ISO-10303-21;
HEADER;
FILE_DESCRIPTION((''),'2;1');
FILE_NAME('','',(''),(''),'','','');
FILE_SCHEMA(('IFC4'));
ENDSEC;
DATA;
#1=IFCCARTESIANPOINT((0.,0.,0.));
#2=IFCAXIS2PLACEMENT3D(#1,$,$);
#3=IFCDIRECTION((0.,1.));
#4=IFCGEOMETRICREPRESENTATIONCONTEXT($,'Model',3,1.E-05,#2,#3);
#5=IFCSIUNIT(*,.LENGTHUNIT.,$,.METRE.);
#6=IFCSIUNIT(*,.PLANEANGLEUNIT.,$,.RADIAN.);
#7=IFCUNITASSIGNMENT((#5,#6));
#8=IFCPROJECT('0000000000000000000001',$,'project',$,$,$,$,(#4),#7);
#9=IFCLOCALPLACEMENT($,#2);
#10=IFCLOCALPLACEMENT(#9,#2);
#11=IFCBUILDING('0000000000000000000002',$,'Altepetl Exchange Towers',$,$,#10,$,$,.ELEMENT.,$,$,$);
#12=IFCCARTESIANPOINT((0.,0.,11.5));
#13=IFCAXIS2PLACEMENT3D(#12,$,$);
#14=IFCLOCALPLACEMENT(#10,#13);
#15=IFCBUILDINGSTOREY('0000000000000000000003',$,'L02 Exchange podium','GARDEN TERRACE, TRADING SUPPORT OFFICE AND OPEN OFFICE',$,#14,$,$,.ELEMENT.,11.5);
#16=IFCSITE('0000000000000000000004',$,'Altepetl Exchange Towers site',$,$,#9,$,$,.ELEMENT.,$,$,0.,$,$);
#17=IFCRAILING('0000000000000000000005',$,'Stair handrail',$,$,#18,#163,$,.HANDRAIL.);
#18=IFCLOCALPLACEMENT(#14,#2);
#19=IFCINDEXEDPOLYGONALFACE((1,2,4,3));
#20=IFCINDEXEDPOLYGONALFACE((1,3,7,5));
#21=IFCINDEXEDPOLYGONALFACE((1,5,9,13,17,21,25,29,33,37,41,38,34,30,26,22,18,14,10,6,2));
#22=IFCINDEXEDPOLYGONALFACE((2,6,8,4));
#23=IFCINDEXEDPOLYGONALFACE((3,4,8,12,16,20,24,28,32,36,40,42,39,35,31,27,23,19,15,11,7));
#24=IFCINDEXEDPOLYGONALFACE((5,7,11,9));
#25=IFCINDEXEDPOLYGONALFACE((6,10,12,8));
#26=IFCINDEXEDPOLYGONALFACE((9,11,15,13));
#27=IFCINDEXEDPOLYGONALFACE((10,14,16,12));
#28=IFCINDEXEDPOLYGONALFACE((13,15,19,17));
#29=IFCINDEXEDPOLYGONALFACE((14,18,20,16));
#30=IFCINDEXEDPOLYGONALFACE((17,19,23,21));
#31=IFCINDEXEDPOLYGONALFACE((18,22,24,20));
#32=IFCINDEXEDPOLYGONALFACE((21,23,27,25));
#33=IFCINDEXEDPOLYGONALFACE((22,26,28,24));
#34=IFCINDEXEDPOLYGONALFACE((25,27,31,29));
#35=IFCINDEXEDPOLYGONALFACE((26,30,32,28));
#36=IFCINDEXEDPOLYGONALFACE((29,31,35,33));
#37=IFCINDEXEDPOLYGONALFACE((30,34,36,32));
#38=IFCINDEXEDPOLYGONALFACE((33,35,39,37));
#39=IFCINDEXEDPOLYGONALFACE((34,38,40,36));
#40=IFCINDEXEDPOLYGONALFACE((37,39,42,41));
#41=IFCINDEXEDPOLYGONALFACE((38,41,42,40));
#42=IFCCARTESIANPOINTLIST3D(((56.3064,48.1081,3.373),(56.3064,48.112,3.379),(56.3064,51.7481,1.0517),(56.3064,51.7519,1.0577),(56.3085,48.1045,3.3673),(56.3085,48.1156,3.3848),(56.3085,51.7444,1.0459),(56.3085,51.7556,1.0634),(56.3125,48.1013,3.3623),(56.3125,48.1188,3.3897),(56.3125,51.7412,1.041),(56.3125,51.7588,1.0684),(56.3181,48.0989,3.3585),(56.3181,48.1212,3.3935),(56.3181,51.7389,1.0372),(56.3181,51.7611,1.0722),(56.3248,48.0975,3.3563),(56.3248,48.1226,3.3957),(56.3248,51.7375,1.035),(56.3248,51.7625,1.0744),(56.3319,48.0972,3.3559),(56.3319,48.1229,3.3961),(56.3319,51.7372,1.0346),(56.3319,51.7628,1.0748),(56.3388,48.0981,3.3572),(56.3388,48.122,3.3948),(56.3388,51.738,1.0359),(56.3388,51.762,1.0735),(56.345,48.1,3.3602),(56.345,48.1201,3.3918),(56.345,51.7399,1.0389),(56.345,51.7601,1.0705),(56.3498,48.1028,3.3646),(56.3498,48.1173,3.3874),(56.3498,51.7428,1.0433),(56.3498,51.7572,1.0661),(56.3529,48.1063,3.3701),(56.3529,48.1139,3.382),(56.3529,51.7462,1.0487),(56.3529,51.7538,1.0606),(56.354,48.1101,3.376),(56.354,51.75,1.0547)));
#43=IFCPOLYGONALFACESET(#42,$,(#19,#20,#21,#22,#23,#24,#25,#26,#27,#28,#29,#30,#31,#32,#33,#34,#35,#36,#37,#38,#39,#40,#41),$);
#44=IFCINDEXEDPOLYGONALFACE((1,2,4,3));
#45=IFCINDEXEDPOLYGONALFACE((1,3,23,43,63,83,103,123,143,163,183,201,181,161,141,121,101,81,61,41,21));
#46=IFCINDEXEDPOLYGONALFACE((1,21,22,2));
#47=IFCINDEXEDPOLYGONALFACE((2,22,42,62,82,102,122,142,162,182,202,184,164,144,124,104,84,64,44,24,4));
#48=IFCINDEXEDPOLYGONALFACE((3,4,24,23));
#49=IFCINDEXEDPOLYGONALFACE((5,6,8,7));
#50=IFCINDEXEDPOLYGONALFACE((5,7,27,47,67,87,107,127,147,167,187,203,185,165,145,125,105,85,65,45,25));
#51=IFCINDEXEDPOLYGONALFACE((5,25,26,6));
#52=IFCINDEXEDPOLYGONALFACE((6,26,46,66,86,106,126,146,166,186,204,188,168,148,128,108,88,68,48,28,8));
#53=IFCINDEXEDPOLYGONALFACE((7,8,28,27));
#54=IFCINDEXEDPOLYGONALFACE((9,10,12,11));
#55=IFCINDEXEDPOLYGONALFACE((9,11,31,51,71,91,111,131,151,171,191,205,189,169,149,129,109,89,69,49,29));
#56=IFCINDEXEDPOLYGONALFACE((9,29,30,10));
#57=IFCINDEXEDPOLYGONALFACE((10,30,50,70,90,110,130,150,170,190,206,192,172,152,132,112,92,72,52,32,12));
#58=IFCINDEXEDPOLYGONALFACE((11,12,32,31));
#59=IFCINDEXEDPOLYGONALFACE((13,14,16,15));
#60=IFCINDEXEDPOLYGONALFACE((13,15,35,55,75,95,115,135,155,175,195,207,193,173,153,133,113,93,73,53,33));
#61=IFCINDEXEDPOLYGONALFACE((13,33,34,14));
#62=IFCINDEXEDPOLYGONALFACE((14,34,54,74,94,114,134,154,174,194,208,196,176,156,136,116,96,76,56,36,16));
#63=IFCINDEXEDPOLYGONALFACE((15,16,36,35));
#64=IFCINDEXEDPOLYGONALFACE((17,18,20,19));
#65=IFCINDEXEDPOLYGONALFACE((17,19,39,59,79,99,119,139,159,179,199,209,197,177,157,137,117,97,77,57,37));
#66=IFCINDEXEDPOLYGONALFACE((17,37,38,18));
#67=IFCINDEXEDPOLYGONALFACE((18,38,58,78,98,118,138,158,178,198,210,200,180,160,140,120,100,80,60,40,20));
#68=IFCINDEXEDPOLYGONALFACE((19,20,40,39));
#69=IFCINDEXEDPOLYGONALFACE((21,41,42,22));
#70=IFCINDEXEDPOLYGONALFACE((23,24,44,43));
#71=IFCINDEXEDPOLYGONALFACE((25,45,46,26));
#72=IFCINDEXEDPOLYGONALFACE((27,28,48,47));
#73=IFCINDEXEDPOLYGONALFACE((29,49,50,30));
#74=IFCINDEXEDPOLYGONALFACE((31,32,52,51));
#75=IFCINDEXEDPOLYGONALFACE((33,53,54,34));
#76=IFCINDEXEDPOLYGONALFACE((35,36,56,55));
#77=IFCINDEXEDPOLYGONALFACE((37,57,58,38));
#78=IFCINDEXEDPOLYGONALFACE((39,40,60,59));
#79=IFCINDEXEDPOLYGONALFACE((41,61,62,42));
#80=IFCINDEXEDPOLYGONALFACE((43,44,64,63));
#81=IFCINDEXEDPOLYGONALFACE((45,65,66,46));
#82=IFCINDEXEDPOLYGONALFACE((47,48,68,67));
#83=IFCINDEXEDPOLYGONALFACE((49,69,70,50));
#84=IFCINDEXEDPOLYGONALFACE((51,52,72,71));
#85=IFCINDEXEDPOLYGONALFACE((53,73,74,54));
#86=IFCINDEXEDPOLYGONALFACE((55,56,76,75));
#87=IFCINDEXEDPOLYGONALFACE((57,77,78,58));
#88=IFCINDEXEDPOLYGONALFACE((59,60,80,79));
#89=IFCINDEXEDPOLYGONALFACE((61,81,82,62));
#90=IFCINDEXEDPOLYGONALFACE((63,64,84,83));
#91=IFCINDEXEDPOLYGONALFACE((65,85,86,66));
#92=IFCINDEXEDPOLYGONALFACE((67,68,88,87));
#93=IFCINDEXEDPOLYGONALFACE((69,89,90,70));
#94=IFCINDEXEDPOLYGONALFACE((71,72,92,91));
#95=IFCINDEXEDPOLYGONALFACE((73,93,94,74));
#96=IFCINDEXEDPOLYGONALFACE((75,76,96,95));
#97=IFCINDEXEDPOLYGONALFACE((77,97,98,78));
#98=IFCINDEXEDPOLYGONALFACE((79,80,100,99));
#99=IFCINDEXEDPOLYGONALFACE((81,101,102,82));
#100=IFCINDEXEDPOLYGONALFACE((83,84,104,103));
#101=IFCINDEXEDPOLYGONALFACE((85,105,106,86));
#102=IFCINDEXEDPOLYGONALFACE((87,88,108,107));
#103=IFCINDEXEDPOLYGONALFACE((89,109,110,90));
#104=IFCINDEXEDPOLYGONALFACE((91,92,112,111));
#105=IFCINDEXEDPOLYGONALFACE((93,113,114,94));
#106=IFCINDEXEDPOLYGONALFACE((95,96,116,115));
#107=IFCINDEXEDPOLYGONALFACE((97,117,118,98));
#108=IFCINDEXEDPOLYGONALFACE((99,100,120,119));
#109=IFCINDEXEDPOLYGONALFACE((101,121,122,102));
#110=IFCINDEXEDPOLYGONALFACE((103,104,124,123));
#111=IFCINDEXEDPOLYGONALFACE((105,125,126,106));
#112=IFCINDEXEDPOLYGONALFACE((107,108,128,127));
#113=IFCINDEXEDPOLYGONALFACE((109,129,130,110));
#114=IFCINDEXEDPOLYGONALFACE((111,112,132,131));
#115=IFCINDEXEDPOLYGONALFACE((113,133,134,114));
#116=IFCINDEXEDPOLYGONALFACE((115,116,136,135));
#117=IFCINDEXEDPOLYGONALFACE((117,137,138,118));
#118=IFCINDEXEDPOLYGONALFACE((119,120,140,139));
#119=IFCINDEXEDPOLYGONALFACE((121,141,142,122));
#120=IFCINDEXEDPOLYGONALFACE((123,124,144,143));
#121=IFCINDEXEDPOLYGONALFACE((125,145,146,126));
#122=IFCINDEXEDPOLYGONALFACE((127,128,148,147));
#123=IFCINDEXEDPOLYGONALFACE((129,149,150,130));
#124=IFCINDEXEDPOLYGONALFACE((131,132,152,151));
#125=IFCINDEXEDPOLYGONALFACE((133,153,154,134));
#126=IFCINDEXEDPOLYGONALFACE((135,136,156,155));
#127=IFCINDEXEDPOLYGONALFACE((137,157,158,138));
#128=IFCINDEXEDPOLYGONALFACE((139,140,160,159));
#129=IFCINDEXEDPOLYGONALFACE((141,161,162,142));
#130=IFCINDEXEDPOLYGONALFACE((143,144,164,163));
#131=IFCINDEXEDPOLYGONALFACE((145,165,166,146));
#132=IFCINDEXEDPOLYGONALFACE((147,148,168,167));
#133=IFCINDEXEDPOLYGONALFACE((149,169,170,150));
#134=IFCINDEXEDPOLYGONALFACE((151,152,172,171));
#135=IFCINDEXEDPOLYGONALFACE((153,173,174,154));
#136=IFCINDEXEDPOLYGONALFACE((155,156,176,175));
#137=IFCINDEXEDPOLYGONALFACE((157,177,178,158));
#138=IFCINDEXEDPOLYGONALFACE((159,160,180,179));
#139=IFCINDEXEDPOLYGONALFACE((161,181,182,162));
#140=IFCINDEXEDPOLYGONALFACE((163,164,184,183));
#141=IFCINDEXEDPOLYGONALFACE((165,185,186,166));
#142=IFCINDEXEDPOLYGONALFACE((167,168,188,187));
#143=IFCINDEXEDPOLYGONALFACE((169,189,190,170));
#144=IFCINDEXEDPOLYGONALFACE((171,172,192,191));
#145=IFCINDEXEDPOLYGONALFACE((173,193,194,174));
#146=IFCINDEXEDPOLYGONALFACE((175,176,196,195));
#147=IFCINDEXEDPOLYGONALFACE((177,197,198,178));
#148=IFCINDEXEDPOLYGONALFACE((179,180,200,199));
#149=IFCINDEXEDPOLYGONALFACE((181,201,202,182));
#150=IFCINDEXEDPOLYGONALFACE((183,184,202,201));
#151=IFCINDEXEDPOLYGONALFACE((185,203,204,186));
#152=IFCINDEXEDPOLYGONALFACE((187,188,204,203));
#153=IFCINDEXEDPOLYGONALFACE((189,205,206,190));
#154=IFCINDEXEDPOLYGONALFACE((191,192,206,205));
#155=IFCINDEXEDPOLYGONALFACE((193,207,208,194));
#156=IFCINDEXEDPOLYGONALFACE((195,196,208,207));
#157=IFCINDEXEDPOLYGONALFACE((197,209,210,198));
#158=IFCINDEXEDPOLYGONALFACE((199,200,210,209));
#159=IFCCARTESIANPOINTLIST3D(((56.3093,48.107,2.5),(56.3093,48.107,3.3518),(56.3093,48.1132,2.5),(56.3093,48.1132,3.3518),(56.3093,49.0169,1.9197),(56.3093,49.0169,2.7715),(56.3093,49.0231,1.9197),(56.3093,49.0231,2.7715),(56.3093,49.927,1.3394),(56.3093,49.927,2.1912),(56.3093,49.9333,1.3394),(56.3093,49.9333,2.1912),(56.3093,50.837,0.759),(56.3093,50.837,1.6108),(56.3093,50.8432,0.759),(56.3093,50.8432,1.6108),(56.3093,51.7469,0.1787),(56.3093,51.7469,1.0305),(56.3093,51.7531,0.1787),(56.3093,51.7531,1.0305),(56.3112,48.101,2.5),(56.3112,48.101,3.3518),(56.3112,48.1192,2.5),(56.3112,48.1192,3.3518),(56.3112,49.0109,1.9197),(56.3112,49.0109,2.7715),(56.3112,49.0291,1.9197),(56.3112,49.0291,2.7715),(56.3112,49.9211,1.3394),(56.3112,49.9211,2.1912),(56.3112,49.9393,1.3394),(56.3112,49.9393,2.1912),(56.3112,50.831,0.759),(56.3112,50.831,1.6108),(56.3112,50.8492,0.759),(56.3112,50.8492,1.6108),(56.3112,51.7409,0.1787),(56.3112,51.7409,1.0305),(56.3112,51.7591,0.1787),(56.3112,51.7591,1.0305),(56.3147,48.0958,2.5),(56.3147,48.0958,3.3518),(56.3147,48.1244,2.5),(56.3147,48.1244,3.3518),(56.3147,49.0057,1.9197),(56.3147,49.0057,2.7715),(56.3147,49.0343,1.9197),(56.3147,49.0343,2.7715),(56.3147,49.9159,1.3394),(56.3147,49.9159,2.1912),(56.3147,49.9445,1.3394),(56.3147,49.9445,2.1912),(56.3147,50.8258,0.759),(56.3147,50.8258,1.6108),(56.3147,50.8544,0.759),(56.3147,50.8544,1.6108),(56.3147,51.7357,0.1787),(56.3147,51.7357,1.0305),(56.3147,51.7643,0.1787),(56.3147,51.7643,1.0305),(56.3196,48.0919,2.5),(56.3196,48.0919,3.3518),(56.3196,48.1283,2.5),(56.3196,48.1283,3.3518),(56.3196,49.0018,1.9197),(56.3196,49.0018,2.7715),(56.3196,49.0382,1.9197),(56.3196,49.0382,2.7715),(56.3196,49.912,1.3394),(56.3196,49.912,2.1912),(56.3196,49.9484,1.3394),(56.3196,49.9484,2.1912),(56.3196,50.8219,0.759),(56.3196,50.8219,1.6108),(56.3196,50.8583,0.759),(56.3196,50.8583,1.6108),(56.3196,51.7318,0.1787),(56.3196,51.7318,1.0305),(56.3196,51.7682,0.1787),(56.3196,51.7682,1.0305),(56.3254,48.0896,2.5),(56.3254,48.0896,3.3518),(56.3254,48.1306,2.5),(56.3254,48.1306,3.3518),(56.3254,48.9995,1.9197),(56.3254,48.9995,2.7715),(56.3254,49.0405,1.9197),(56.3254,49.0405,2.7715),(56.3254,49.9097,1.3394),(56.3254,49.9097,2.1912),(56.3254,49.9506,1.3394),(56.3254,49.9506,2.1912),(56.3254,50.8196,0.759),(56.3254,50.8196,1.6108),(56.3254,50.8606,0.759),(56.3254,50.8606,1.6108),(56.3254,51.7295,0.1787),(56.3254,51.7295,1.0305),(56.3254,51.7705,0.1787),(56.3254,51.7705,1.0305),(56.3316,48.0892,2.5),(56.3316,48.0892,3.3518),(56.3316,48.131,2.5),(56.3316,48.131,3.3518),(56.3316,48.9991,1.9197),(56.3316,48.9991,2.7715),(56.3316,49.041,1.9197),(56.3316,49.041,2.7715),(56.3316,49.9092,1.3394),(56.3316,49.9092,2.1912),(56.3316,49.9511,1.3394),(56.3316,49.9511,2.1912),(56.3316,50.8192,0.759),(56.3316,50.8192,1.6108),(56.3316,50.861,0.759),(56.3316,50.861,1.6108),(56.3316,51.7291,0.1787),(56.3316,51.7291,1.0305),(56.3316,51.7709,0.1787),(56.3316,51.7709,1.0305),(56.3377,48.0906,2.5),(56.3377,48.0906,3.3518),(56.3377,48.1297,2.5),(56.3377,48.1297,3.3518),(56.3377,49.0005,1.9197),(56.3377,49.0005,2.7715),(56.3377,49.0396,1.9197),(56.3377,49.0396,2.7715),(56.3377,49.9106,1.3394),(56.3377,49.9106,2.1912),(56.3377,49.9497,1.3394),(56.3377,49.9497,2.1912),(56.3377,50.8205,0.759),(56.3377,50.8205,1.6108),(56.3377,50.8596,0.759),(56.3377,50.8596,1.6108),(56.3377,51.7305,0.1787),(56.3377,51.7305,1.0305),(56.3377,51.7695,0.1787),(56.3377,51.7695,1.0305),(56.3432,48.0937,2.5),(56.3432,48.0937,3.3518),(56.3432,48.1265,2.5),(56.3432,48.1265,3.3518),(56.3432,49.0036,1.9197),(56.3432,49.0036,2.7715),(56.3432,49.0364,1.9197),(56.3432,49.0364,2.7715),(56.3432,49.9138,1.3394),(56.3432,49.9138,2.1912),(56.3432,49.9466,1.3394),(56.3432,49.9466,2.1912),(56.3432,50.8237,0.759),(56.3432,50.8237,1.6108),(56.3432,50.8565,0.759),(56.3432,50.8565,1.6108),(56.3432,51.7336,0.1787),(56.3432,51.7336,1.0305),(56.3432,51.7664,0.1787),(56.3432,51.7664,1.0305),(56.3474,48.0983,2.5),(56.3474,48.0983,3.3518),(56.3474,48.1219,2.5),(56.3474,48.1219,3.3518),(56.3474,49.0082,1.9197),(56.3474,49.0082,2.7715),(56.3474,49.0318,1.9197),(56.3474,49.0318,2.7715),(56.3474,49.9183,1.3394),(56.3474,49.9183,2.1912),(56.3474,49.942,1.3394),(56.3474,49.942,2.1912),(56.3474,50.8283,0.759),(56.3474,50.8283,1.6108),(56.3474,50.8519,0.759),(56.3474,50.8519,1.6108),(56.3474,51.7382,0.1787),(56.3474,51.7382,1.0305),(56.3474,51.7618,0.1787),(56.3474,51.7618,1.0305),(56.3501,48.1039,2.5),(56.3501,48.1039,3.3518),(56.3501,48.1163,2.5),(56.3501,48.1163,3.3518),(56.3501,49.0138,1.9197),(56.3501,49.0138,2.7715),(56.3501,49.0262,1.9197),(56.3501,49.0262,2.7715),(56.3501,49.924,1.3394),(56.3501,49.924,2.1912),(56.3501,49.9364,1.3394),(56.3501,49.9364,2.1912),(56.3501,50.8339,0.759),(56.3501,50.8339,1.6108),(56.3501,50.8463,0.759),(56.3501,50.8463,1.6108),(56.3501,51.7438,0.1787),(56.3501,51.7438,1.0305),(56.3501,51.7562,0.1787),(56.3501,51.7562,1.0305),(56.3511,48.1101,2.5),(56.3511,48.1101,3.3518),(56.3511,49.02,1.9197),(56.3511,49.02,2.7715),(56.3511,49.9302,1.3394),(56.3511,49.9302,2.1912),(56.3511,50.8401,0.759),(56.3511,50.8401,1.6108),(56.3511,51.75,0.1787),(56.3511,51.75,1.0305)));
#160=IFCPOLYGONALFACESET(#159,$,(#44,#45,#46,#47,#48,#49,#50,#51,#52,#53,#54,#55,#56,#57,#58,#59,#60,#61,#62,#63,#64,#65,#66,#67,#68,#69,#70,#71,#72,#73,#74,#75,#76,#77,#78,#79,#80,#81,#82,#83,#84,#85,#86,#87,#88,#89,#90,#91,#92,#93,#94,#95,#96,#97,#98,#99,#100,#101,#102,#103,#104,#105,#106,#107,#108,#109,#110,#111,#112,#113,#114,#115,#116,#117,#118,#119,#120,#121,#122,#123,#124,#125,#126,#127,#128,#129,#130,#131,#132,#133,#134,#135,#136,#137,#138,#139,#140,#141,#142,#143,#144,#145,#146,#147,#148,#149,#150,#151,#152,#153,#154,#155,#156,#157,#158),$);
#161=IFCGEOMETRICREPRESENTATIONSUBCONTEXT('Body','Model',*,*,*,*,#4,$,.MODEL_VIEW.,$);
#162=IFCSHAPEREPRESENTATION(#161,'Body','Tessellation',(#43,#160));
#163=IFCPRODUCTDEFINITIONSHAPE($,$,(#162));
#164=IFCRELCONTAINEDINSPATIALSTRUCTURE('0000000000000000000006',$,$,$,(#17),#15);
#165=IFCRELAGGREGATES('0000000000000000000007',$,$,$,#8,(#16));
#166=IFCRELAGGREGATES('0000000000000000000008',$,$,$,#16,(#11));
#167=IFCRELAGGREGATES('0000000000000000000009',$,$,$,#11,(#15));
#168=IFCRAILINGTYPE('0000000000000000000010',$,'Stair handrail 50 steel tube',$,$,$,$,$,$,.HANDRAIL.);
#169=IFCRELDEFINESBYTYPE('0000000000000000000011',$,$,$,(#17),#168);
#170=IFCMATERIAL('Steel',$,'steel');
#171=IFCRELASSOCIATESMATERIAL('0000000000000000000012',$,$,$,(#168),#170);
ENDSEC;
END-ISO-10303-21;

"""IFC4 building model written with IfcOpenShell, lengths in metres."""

from ifc_helpers import new_model, si_unit, direction, frame, origin, origin_2d, place, context, subcontext, project, spatial, circle, extrude, source, transform, mapped, material, type_object, element, save


model = new_model("IFC4")

# Units and contexts
model_context = context("Model", 3, precision=1e-05, world=origin(), true_north=direction((0.0, 1.0)))
body_context = subcontext(model_context, "Body", "Model", "MODEL_VIEW")
ifc_project = project(units=[si_unit("LENGTHUNIT", "METRE"), si_unit("PLANEANGLEUNIT", "RADIAN")], contexts=[model_context])

# Site, building, storey
site_placement = place(None, origin())
site = spatial("IfcSite", under=ifc_project, at=site_placement, Name="Altepetl Exchange Towers site", CompositionType="ELEMENT", RefElevation=0.0)
building_placement = place(site_placement, origin())
building = spatial("IfcBuilding", under=site, at=building_placement, Name="Altepetl Exchange Towers", CompositionType="ELEMENT")
storey_placement = place(building_placement, frame((0.0, 0.0, 11.5)))
storey = spatial("IfcBuildingStorey", under=building, at=storey_placement, Name="L02 Exchange podium", Description="GARDEN TERRACE, TRADING SUPPORT OFFICE AND OPEN OFFICE", CompositionType="ELEMENT", Elevation=11.5)

# Railing
ifc_material_1 = material(Name="Steel", Category="steel")
railing_type_1 = type_object("IfcRailingType", Name="Stair handrail 50 steel tube", PredefinedType="HANDRAIL", material=ifc_material_1)
shared_shape_1 = source(origin(), body_context, "Body", "SweptSolid", [
    extrude(circle(Radius=0.021, at=origin_2d()), origin(), (0.0, 0.0, 1.0), 0.8518),
])
railing_1_placement = place(storey_placement, frame((56.3301, 51.75, 0.1787)))
element("IfcRailing", 1, at=railing_1_placement, inside=storey, type_object=railing_type_1, Name="Stair handrail", PredefinedType="HANDRAIL", context=body_context, shape_type="SweptSolid", body=[
    extrude(circle(Radius=0.0239, at=origin_2d()), frame((0.0, 0.0, 0.876), z_axis=(0.0, -0.843137, 0.537699), x_axis=(1.0, 0.0, 0.0)), (0.0, 0.0, 1.0), 4.3171),
    mapped(shared_shape_1, transform((0.0, 0.0, 0.0))),
    mapped(shared_shape_1, transform((0.0, -0.9099, 0.5803))),
    mapped(shared_shape_1, transform((0.0, -1.8198, 1.1606))),
    mapped(shared_shape_1, transform((0.0, -2.73, 1.741))),
    mapped(shared_shape_1, transform((0.0, -3.6399, 2.3213))),
])

save(model, "model.ifc")
